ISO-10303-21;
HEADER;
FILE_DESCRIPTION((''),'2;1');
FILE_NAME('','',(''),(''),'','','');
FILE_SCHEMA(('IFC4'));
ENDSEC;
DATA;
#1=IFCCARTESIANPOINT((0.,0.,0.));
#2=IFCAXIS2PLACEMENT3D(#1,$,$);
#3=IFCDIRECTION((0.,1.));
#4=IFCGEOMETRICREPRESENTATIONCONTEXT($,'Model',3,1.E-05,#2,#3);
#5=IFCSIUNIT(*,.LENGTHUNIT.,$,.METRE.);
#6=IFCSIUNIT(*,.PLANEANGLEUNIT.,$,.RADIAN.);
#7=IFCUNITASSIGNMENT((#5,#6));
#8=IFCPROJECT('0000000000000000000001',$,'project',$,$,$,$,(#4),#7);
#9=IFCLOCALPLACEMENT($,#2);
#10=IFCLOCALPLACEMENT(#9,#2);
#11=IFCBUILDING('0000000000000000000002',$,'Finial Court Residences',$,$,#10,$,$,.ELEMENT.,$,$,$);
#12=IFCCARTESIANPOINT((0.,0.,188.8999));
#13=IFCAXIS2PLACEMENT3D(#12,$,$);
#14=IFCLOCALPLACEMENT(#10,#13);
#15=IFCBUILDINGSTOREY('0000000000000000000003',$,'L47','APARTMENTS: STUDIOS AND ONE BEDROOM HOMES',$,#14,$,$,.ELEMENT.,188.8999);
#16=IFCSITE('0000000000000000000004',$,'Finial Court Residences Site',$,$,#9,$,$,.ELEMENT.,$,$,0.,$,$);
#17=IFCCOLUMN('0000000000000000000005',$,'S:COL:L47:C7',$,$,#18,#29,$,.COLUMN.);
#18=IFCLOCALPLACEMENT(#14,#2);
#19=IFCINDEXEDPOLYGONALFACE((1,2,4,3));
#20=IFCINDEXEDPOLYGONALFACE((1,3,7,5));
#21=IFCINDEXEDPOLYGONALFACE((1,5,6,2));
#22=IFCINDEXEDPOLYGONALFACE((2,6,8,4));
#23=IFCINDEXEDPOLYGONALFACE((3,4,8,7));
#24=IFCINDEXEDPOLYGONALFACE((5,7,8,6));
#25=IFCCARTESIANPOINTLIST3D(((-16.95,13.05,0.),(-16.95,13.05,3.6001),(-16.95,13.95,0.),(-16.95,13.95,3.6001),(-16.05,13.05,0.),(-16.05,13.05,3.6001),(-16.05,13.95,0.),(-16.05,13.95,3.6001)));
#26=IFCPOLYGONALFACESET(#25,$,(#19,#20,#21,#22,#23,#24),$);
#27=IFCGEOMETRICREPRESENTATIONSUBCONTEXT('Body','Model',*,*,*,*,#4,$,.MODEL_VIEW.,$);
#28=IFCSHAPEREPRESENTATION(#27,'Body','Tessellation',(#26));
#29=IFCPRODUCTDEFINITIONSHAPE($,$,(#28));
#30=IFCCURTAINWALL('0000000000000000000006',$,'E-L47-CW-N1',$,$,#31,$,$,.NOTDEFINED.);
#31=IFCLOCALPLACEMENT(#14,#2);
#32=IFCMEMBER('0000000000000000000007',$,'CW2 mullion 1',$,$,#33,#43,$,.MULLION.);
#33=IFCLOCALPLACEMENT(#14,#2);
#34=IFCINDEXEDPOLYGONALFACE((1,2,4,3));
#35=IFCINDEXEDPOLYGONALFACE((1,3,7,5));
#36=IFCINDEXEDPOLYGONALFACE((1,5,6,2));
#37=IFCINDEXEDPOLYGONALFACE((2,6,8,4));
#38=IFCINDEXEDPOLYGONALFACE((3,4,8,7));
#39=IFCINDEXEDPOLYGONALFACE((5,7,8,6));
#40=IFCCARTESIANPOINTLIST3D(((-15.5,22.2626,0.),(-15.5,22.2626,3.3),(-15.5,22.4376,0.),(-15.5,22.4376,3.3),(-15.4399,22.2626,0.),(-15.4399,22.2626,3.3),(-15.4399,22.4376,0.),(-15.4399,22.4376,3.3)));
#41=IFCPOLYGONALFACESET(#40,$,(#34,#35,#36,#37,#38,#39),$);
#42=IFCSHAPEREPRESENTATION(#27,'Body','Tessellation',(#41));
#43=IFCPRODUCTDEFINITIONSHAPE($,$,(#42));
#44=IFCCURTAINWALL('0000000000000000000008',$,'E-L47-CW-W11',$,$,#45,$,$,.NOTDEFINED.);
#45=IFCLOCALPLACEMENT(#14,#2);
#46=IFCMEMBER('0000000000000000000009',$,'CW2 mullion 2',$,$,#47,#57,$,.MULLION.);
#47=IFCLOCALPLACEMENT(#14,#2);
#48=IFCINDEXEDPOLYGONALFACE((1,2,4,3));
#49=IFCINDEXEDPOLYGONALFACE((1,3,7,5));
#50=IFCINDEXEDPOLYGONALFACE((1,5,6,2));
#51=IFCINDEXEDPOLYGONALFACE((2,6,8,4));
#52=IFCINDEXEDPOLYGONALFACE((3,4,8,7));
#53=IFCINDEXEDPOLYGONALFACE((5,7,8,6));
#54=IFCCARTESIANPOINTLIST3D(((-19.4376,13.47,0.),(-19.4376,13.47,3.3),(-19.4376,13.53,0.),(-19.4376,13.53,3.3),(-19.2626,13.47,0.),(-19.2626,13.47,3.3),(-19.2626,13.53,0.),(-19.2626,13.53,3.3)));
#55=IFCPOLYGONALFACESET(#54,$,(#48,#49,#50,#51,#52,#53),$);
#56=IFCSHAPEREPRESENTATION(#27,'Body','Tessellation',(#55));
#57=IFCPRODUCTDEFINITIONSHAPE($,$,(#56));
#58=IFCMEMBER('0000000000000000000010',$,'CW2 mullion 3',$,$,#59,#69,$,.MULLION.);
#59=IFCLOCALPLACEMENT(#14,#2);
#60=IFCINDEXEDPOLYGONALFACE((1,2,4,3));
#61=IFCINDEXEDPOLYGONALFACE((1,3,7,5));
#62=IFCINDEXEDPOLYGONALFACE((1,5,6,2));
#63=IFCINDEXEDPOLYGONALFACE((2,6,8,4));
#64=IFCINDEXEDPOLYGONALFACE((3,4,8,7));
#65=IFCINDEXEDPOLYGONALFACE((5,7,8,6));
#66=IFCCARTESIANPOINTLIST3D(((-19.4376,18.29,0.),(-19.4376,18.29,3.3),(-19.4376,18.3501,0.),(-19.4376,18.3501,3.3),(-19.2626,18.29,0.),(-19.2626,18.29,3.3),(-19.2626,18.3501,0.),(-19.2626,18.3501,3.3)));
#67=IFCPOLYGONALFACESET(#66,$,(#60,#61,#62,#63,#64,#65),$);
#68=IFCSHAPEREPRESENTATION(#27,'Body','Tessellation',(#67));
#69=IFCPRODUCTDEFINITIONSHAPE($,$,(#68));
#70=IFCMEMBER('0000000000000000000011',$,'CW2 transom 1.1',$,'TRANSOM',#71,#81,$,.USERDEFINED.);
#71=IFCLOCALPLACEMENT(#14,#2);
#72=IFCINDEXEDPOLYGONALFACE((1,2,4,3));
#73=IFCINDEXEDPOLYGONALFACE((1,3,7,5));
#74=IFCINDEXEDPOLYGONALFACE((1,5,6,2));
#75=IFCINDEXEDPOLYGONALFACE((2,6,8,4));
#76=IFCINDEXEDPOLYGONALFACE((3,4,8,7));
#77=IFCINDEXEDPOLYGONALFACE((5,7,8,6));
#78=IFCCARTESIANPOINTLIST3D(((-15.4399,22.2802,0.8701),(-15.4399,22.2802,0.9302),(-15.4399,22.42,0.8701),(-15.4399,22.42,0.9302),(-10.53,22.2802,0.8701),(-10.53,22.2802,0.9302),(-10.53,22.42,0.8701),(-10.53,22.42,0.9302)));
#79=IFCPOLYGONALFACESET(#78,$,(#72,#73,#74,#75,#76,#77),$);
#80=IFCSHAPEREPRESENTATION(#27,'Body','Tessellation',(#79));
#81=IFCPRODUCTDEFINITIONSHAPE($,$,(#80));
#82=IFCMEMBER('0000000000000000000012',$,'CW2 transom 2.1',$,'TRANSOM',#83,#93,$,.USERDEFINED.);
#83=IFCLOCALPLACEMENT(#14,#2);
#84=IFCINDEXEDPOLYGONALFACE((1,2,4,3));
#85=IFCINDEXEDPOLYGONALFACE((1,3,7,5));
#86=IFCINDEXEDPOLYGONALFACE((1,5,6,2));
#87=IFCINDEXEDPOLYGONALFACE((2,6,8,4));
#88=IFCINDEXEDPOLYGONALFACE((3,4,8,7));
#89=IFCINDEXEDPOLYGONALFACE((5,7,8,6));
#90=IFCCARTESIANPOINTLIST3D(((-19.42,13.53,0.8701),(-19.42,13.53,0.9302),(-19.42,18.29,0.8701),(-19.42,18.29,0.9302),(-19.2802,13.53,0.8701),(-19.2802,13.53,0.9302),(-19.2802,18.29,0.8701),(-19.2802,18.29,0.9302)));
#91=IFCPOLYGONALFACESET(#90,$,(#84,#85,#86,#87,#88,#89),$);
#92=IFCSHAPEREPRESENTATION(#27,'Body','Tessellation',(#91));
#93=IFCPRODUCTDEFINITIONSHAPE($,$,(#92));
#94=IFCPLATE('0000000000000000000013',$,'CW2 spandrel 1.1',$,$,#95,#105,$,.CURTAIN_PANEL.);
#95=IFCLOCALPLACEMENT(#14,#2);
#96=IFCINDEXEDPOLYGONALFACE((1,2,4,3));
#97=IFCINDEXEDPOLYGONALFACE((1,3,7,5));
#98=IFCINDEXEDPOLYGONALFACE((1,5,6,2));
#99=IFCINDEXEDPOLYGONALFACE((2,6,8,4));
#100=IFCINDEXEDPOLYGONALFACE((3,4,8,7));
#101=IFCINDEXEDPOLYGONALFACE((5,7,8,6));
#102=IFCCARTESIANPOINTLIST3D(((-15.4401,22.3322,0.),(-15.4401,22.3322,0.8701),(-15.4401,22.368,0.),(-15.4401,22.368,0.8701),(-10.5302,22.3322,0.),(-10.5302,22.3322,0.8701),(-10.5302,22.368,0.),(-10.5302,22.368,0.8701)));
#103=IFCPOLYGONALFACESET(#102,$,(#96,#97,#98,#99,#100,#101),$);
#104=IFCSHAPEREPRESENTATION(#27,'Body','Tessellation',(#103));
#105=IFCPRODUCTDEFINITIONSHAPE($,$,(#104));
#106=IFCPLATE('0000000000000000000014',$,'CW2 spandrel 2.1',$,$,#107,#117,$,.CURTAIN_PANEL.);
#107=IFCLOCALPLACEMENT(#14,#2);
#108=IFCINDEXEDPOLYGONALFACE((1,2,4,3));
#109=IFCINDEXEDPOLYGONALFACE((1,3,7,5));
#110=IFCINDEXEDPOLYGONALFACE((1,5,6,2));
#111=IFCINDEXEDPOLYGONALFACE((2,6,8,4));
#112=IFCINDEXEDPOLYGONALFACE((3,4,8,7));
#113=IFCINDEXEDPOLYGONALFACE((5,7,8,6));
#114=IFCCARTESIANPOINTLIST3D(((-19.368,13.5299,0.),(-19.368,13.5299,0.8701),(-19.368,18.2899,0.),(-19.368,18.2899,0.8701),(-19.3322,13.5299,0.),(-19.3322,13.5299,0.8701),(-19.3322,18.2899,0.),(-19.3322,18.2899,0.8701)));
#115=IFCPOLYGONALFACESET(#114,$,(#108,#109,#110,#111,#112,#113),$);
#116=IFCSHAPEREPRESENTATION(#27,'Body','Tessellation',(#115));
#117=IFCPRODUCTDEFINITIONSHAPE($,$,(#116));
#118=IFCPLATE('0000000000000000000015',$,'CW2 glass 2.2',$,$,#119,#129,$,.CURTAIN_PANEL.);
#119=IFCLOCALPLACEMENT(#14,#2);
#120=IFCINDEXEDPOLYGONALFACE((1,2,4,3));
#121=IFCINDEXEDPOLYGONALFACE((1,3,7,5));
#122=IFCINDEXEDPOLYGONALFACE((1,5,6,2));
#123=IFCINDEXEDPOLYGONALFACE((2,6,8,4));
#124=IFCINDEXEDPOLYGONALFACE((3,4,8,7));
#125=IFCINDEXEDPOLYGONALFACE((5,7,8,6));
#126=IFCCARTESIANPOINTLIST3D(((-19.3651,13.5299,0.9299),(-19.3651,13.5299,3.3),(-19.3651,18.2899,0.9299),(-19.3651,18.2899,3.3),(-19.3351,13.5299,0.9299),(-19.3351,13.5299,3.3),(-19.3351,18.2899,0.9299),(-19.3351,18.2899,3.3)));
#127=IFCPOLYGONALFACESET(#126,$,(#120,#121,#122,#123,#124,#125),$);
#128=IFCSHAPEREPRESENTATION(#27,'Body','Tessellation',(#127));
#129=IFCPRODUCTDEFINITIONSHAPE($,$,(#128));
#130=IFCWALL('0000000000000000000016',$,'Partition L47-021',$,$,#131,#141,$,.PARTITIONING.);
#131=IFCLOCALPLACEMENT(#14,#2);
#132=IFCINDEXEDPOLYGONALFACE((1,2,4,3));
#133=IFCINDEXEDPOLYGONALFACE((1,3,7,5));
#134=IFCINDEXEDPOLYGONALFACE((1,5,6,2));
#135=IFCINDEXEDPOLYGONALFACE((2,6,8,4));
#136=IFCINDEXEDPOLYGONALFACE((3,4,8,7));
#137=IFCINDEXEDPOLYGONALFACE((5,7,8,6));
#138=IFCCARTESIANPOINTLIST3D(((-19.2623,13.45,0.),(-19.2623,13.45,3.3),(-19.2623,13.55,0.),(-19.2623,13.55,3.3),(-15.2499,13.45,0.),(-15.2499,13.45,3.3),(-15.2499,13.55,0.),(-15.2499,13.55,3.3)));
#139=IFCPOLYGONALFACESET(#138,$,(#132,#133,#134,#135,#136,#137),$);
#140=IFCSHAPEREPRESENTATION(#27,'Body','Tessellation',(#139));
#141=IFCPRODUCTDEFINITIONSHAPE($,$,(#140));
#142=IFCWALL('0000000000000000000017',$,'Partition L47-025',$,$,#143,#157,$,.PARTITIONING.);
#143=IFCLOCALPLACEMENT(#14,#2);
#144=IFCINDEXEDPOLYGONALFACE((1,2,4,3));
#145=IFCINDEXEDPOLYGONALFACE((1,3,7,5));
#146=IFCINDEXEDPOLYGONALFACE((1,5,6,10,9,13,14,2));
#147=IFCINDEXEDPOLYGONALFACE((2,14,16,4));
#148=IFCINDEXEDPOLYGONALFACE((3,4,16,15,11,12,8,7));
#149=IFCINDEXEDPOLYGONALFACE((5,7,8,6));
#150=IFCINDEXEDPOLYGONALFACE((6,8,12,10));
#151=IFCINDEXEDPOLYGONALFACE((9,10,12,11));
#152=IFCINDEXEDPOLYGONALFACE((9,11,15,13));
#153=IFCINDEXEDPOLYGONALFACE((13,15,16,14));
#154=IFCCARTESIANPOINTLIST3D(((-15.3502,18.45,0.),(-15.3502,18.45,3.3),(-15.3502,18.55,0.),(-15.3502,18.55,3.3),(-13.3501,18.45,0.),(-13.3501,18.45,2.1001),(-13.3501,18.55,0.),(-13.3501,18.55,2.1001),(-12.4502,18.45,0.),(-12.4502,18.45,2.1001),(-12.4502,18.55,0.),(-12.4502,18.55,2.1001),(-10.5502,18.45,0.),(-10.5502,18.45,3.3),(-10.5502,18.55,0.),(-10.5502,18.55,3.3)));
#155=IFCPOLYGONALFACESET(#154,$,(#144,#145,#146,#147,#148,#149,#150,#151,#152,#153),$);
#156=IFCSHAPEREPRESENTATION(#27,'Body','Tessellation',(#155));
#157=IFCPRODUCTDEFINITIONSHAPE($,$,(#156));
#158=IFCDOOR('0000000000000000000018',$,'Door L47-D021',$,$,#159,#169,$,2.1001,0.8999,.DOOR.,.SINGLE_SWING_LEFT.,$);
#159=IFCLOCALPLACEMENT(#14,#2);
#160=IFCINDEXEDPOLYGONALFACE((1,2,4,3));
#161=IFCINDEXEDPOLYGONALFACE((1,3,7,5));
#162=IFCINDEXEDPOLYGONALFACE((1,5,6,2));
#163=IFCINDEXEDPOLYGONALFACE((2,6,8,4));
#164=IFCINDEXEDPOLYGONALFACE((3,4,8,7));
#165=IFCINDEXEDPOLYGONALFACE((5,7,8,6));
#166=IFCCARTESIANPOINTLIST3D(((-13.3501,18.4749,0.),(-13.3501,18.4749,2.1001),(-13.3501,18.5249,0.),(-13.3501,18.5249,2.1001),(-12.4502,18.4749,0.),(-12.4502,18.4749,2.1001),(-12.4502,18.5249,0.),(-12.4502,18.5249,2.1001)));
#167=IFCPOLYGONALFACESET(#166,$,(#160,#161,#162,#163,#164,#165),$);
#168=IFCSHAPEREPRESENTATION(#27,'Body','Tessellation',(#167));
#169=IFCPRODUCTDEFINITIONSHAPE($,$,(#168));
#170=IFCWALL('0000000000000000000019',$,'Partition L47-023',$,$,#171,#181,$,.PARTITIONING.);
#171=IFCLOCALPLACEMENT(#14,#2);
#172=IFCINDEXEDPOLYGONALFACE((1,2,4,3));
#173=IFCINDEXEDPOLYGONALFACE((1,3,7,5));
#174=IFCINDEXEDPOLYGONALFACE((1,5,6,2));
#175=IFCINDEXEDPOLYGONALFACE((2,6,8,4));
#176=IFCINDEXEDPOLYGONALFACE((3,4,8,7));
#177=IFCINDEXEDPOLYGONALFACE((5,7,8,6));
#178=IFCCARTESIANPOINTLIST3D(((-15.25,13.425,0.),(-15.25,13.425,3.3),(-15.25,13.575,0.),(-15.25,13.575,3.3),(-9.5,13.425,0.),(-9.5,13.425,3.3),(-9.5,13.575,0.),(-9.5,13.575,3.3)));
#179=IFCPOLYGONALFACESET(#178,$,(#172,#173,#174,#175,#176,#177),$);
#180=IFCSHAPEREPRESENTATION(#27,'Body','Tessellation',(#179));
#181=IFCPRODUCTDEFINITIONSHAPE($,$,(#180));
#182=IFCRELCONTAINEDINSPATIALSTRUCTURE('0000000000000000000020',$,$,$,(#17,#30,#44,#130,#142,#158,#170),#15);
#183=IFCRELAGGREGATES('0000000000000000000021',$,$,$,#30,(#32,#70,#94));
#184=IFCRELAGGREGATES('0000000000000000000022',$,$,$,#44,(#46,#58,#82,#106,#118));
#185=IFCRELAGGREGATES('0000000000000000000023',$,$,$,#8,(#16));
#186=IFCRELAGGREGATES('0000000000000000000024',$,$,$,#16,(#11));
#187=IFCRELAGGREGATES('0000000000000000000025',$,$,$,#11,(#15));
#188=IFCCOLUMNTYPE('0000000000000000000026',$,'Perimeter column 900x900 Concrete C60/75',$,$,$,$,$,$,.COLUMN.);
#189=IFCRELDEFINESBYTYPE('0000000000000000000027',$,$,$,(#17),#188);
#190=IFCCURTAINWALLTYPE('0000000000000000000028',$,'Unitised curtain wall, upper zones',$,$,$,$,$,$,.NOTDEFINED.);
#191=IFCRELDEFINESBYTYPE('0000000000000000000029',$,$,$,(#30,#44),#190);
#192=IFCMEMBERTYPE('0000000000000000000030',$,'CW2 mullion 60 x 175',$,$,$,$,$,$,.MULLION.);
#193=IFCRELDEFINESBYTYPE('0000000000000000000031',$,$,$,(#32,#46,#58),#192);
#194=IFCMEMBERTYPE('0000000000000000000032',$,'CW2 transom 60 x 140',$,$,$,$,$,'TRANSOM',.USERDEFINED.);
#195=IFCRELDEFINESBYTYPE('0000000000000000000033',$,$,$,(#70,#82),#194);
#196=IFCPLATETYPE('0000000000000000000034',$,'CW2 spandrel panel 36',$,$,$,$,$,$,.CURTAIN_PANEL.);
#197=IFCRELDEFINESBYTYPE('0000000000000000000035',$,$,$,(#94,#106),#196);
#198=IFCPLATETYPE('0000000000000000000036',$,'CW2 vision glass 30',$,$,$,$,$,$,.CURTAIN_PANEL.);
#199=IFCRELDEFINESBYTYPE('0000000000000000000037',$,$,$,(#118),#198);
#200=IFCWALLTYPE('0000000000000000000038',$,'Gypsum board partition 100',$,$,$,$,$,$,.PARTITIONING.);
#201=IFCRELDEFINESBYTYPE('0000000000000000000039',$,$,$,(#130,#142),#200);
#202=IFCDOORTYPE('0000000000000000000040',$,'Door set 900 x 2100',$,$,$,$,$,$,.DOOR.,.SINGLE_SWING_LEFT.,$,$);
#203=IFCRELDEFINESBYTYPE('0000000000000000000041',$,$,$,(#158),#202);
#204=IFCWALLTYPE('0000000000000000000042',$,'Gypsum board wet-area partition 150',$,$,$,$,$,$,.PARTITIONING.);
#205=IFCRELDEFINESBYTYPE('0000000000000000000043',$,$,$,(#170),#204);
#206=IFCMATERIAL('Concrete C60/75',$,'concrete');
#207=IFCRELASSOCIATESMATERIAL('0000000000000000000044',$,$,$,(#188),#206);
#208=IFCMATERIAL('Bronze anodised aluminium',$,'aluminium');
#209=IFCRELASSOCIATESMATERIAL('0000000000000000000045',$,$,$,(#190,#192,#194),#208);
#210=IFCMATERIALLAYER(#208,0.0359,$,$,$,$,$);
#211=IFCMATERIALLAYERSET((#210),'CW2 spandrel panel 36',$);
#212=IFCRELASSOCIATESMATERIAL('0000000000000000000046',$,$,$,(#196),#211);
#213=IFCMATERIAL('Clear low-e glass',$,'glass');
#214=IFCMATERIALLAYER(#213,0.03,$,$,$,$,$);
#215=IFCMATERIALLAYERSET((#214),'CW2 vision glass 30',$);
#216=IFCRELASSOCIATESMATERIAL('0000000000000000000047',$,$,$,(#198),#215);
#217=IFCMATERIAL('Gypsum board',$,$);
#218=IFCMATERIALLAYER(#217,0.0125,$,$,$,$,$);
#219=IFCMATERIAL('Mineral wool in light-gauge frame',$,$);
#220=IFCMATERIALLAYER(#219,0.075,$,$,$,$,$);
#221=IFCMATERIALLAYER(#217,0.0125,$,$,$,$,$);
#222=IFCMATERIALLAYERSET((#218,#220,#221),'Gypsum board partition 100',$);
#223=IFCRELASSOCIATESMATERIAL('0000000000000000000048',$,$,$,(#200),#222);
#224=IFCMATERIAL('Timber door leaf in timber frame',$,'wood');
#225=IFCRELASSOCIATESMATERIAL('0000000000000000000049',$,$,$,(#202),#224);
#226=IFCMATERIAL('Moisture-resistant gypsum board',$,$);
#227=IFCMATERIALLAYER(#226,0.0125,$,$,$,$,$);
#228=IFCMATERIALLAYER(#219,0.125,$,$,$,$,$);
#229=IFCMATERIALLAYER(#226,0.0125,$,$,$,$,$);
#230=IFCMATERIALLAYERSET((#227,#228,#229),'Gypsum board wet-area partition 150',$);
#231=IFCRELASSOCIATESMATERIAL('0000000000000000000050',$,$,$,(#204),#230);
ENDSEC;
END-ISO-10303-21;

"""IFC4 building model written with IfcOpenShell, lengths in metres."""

from ifc_helpers import new_model, si_unit, direction, frame, frame_2d, origin, origin_2d, place, context, subcontext, project, spatial, rectangle, extrude, material, layer, layer_set, material_profile, profile_set, type_object, element, fill, aggregate, save


model = new_model("IFC4")

# Units and contexts
model_context = context("Model", 3, precision=1e-05, world=origin(), true_north=direction((0.0, 1.0)))
body_context = subcontext(model_context, "Body", "Model", "MODEL_VIEW")
ifc_project = project(units=[si_unit("LENGTHUNIT", "METRE"), si_unit("PLANEANGLEUNIT", "RADIAN")], contexts=[model_context])

# Site, building, storey
site_placement = place(None, origin())
site = spatial("IfcSite", under=ifc_project, at=site_placement, Name="Finial Court Residences Site", CompositionType="ELEMENT", RefElevation=0.0)
building_placement = place(site_placement, origin())
building = spatial("IfcBuilding", under=site, at=building_placement, Name="Finial Court Residences", CompositionType="ELEMENT")
storey_placement = place(building_placement, frame((0.0, 0.0, 188.8999)))
storey = spatial("IfcBuildingStorey", under=building, at=storey_placement, Name="L47", Description="APARTMENTS: STUDIOS AND ONE BEDROOM HOMES", CompositionType="ELEMENT", Elevation=188.8999)

# Column
ifc_material_1 = material(Name="Concrete C60/75", Category="concrete")
ifc_material_profile_1 = material_profile(ifc_material_1, rectangle(XDim=0.8999, YDim=0.8999, at=origin_2d()), Name="900x900")
ifc_profile_set_1 = profile_set([ifc_material_profile_1], Name="Concrete C60/75")
column_type = type_object("IfcColumnType", Name="Perimeter column 900x900 Concrete C60/75", PredefinedType="COLUMN", material=ifc_profile_set_1)
column_placement = place(storey_placement, frame((-16.5, 13.5, 0.0), z_axis=(0.0, 0.0, 1.0), x_axis=(1.0, 0.0, 0.0)))
element("IfcColumn", 1, at=column_placement, inside=storey, type_object=column_type, Name="S:COL:L47:C7", PredefinedType="COLUMN", context=body_context, shape_type="SweptSolid", body=[
    extrude(rectangle(XDim=0.8999, YDim=0.8999, at=origin_2d()), origin(), (0.0, 0.0, 1.0), 3.6001),
])

# Curtain wall, member
ifc_material_2 = material(Name="Bronze anodised aluminium", Category="aluminium")
curtain_wall_type = type_object("IfcCurtainWallType", Name="Unitised curtain wall, upper zones", PredefinedType="NOTDEFINED", material=ifc_material_2)
curtain_wall_1_placement = place(storey_placement, origin())
curtain_wall_1 = element("IfcCurtainWall", 2, at=curtain_wall_1_placement, inside=storey, type_object=curtain_wall_type, Name="E-L47-CW-N1", PredefinedType="NOTDEFINED")
ifc_material_profile_2 = material_profile(ifc_material_2, rectangle(XDim=0.175, YDim=0.0601, at=origin_2d()), Name="CW2 mullion 60 x 175")
ifc_profile_set_2 = profile_set([ifc_material_profile_2], Name="Bronze anodised aluminium")
member_type_1 = type_object("IfcMemberType", Name="CW2 mullion 60 x 175", PredefinedType="MULLION", material=ifc_profile_set_2)
member_1_placement = place(storey_placement, frame((-15.47, 22.3501, 0.0), z_axis=(0.0, 0.0, 1.0), x_axis=(0.0, 1.0, 0.0)))
member_1 = element("IfcMember", 3, at=member_1_placement, type_object=member_type_1, Name="CW2 mullion 1", PredefinedType="MULLION", context=body_context, shape_type="SweptSolid", body=[
    extrude(rectangle(XDim=0.175, YDim=0.0601, at=origin_2d()), origin(), (0.0, 0.0, 1.0), 3.3),
])

# Curtain wall, members
curtain_wall_2_placement = place(storey_placement, origin())
curtain_wall_2 = element("IfcCurtainWall", 4, at=curtain_wall_2_placement, inside=storey, type_object=curtain_wall_type, Name="E-L47-CW-W11", PredefinedType="NOTDEFINED")
member_2_placement = place(storey_placement, frame((-19.3501, 13.5, 0.0), z_axis=(0.0, 0.0, 1.0), x_axis=(-1.0, 0.0, 0.0)))
member_2 = element("IfcMember", 5, at=member_2_placement, type_object=member_type_1, Name="CW2 mullion 2", PredefinedType="MULLION", context=body_context, shape_type="SweptSolid", body=[
    extrude(rectangle(XDim=0.175, YDim=0.0601, at=origin_2d()), origin(), (0.0, 0.0, 1.0), 3.3),
])
member_3_placement = place(storey_placement, frame((-19.3501, 18.3201, 0.0), z_axis=(0.0, 0.0, 1.0), x_axis=(-1.0, 0.0, 0.0)))
member_3 = element("IfcMember", 6, at=member_3_placement, type_object=member_type_1, Name="CW2 mullion 3", PredefinedType="MULLION", context=body_context, shape_type="SweptSolid", body=[
    extrude(rectangle(XDim=0.175, YDim=0.0601, at=origin_2d()), origin(), (0.0, 0.0, 1.0), 3.3),
])

# Members
ifc_material_profile_3 = material_profile(ifc_material_2, rectangle(XDim=0.1399, YDim=0.0601, at=origin_2d()), Name="CW2 transom 60 x 140")
ifc_profile_set_3 = profile_set([ifc_material_profile_3], Name="Bronze anodised aluminium")
member_type_2 = type_object("IfcMemberType", Name="CW2 transom 60 x 140", ElementType="TRANSOM", PredefinedType="USERDEFINED", material=ifc_profile_set_3)
member_4_placement = place(storey_placement, frame((-15.4399, 22.3501, 0.9001), z_axis=(1.0, 0.0, 0.0), x_axis=(0.0, 1.0, 0.0)))
member_4 = element("IfcMember", 7, at=member_4_placement, type_object=member_type_2, Name="CW2 transom 1.1", ObjectType="TRANSOM", PredefinedType="USERDEFINED", context=body_context, shape_type="SweptSolid", body=[
    extrude(rectangle(XDim=0.1399, YDim=0.0601, at=origin_2d()), origin(), (0.0, 0.0, 1.0), 4.9099),
])
member_5_placement = place(storey_placement, frame((-19.3501, 13.53, 0.9001), z_axis=(0.0, 1.0, 0.0), x_axis=(-1.0, 0.0, 0.0)))
member_5 = element("IfcMember", 8, at=member_5_placement, type_object=member_type_2, Name="CW2 transom 2.1", ObjectType="TRANSOM", PredefinedType="USERDEFINED", context=body_context, shape_type="SweptSolid", body=[
    extrude(rectangle(XDim=0.1399, YDim=0.0601, at=origin_2d()), origin(), (0.0, 0.0, 1.0), 4.76),
])

# Plates
ifc_layer_1 = layer(ifc_material_2, 0.0359)
ifc_layer_set_1 = layer_set([ifc_layer_1], Name="CW2 spandrel panel 36")
plate_type_1 = type_object("IfcPlateType", Name="CW2 spandrel panel 36", PredefinedType="CURTAIN_PANEL", material=ifc_layer_set_1)
plate_1_placement = place(storey_placement, frame((-12.9851, 22.3501, 0.0), z_axis=(0.0, 0.0, 1.0), x_axis=(1.0, 0.0, 0.0)))
plate_1 = element("IfcPlate", 9, at=plate_1_placement, type_object=plate_type_1, Name="CW2 spandrel 1.1", PredefinedType="CURTAIN_PANEL", context=body_context, shape_type="SweptSolid", body=[
    extrude(rectangle(XDim=4.9099, YDim=0.0359, at=origin_2d()), origin(), (0.0, 0.0, 1.0), 0.8701),
])
aggregate(curtain_wall_1, [member_1, member_4, plate_1])
plate_2_placement = place(storey_placement, frame((-19.3501, 15.9099, 0.0), z_axis=(0.0, 0.0, 1.0), x_axis=(0.0, 1.0, 0.0)))
plate_2 = element("IfcPlate", 10, at=plate_2_placement, type_object=plate_type_1, Name="CW2 spandrel 2.1", PredefinedType="CURTAIN_PANEL", context=body_context, shape_type="SweptSolid", body=[
    extrude(rectangle(XDim=4.76, YDim=0.0359, at=origin_2d()), origin(), (0.0, 0.0, 1.0), 0.8701),
])
ifc_material_3 = material(Name="Clear low-e glass", Category="glass")
ifc_layer_2 = layer(ifc_material_3, 0.03)
ifc_layer_set_2 = layer_set([ifc_layer_2], Name="CW2 vision glass 30")
plate_type_2 = type_object("IfcPlateType", Name="CW2 vision glass 30", PredefinedType="CURTAIN_PANEL", material=ifc_layer_set_2)
plate_3_placement = place(storey_placement, frame((-19.3501, 15.9099, 0.9299), z_axis=(0.0, 0.0, 1.0), x_axis=(0.0, 1.0, 0.0)))
plate_3 = element("IfcPlate", 11, at=plate_3_placement, type_object=plate_type_2, Name="CW2 glass 2.2", PredefinedType="CURTAIN_PANEL", context=body_context, shape_type="SweptSolid", body=[
    extrude(rectangle(XDim=4.76, YDim=0.03, at=origin_2d()), origin(), (0.0, 0.0, 1.0), 2.3701),
])
aggregate(curtain_wall_2, [member_2, member_3, member_5, plate_2, plate_3])

# Wall
ifc_material_4 = material(Name="Gypsum board")
ifc_layer_3 = layer(ifc_material_4, 0.0125)
ifc_material_5 = material(Name="Mineral wool in light-gauge frame")
ifc_layer_4 = layer(ifc_material_5, 0.075)
ifc_layer_5 = layer(ifc_material_4, 0.0125)
ifc_layer_set_3 = layer_set([ifc_layer_3, ifc_layer_4, ifc_layer_5], Name="Gypsum board partition 100")
wall_type_1 = type_object("IfcWallType", Name="Gypsum board partition 100", PredefinedType="PARTITIONING", material=ifc_layer_set_3)
wall_1_placement = place(storey_placement, frame((-19.2625, 13.5, 0.0), z_axis=(0.0, 0.0, 1.0), x_axis=(1.0, 0.0, 0.0)))
element("IfcWall", 12, at=wall_1_placement, inside=storey, type_object=wall_type_1, Name="Partition L47-021", PredefinedType="PARTITIONING", context=body_context, shape_type="SweptSolid", body=[
    extrude(rectangle(XDim=4.0125, YDim=0.1001, at=frame_2d((2.0063, 0.0))), origin(), (0.0, 0.0, 1.0), 3.3),
])

# Wall, opening, door
wall_2_placement = place(storey_placement, frame((-15.3501, 18.5, 0.0), z_axis=(0.0, 0.0, 1.0), x_axis=(1.0, 0.0, 0.0)))
wall_2 = element("IfcWall", 13, at=wall_2_placement, inside=storey, type_object=wall_type_1, Name="Partition L47-025", PredefinedType="PARTITIONING", context=body_context, shape_type="SweptSolid", body=[
    extrude(rectangle(XDim=4.8, YDim=0.1001, at=frame_2d((2.3999, 0.0))), origin(), (0.0, 0.0, 1.0), 3.3),
])
opening_1_placement = place(wall_2_placement, frame((2.0, 0.0, 0.0)))
opening_1 = element("IfcOpeningElement", 14, at=opening_1_placement, cuts=wall_2, PredefinedType="OPENING", context=body_context, shape_type="SweptSolid", body=[
    extrude(rectangle(XDim=0.8999, YDim=2.1001, at=frame_2d((0.45, 1.05))), frame((0.0, 0.0601, 0.0), z_axis=(0.0, -1.0, 0.0), x_axis=(1.0, 0.0, 0.0)), (0.0, 0.0, 1.0), 0.1201),
])
ifc_material_6 = material(Name="Timber door leaf in timber frame", Category="wood")
door_type = type_object("IfcDoorType", Name="Door set 900 x 2100", OperationType="SINGLE_SWING_LEFT", PredefinedType="DOOR", material=ifc_material_6)
door_placement = place(opening_1_placement, origin())
door = element("IfcDoor", 15, at=door_placement, inside=storey, type_object=door_type, Name="Door L47-D021", OperationType="SINGLE_SWING_LEFT", OverallHeight=2.1001, OverallWidth=0.8999, PredefinedType="DOOR", context=body_context, shape_type="SweptSolid", body=[
    extrude(rectangle(XDim=0.8999, YDim=2.1001, at=frame_2d((0.45, 1.05))), frame((0.0, 0.0249, 0.0), z_axis=(0.0, -1.0, 0.0), x_axis=(1.0, 0.0, 0.0)), (0.0, 0.0, 1.0), 0.05),
])
fill(opening_1, door)

# Wall
ifc_material_7 = material(Name="Moisture-resistant gypsum board")
ifc_layer_6 = layer(ifc_material_7, 0.0125)
ifc_layer_7 = layer(ifc_material_5, 0.125)
ifc_layer_8 = layer(ifc_material_7, 0.0125)
ifc_layer_set_4 = layer_set([ifc_layer_6, ifc_layer_7, ifc_layer_8], Name="Gypsum board wet-area partition 150")
wall_type_2 = type_object("IfcWallType", Name="Gypsum board wet-area partition 150", PredefinedType="PARTITIONING", material=ifc_layer_set_4)
wall_3_placement = place(storey_placement, frame((-15.25, 13.5, 0.0), z_axis=(0.0, 0.0, 1.0), x_axis=(1.0, 0.0, 0.0)))
element("IfcWall", 16, at=wall_3_placement, inside=storey, type_object=wall_type_2, Name="Partition L47-023", PredefinedType="PARTITIONING", context=body_context, shape_type="SweptSolid", body=[
    extrude(rectangle(XDim=5.75, YDim=0.1499, at=frame_2d((2.875, 0.0))), origin(), (0.0, 0.0, 1.0), 3.3),
])

save(model, "model.ifc")
